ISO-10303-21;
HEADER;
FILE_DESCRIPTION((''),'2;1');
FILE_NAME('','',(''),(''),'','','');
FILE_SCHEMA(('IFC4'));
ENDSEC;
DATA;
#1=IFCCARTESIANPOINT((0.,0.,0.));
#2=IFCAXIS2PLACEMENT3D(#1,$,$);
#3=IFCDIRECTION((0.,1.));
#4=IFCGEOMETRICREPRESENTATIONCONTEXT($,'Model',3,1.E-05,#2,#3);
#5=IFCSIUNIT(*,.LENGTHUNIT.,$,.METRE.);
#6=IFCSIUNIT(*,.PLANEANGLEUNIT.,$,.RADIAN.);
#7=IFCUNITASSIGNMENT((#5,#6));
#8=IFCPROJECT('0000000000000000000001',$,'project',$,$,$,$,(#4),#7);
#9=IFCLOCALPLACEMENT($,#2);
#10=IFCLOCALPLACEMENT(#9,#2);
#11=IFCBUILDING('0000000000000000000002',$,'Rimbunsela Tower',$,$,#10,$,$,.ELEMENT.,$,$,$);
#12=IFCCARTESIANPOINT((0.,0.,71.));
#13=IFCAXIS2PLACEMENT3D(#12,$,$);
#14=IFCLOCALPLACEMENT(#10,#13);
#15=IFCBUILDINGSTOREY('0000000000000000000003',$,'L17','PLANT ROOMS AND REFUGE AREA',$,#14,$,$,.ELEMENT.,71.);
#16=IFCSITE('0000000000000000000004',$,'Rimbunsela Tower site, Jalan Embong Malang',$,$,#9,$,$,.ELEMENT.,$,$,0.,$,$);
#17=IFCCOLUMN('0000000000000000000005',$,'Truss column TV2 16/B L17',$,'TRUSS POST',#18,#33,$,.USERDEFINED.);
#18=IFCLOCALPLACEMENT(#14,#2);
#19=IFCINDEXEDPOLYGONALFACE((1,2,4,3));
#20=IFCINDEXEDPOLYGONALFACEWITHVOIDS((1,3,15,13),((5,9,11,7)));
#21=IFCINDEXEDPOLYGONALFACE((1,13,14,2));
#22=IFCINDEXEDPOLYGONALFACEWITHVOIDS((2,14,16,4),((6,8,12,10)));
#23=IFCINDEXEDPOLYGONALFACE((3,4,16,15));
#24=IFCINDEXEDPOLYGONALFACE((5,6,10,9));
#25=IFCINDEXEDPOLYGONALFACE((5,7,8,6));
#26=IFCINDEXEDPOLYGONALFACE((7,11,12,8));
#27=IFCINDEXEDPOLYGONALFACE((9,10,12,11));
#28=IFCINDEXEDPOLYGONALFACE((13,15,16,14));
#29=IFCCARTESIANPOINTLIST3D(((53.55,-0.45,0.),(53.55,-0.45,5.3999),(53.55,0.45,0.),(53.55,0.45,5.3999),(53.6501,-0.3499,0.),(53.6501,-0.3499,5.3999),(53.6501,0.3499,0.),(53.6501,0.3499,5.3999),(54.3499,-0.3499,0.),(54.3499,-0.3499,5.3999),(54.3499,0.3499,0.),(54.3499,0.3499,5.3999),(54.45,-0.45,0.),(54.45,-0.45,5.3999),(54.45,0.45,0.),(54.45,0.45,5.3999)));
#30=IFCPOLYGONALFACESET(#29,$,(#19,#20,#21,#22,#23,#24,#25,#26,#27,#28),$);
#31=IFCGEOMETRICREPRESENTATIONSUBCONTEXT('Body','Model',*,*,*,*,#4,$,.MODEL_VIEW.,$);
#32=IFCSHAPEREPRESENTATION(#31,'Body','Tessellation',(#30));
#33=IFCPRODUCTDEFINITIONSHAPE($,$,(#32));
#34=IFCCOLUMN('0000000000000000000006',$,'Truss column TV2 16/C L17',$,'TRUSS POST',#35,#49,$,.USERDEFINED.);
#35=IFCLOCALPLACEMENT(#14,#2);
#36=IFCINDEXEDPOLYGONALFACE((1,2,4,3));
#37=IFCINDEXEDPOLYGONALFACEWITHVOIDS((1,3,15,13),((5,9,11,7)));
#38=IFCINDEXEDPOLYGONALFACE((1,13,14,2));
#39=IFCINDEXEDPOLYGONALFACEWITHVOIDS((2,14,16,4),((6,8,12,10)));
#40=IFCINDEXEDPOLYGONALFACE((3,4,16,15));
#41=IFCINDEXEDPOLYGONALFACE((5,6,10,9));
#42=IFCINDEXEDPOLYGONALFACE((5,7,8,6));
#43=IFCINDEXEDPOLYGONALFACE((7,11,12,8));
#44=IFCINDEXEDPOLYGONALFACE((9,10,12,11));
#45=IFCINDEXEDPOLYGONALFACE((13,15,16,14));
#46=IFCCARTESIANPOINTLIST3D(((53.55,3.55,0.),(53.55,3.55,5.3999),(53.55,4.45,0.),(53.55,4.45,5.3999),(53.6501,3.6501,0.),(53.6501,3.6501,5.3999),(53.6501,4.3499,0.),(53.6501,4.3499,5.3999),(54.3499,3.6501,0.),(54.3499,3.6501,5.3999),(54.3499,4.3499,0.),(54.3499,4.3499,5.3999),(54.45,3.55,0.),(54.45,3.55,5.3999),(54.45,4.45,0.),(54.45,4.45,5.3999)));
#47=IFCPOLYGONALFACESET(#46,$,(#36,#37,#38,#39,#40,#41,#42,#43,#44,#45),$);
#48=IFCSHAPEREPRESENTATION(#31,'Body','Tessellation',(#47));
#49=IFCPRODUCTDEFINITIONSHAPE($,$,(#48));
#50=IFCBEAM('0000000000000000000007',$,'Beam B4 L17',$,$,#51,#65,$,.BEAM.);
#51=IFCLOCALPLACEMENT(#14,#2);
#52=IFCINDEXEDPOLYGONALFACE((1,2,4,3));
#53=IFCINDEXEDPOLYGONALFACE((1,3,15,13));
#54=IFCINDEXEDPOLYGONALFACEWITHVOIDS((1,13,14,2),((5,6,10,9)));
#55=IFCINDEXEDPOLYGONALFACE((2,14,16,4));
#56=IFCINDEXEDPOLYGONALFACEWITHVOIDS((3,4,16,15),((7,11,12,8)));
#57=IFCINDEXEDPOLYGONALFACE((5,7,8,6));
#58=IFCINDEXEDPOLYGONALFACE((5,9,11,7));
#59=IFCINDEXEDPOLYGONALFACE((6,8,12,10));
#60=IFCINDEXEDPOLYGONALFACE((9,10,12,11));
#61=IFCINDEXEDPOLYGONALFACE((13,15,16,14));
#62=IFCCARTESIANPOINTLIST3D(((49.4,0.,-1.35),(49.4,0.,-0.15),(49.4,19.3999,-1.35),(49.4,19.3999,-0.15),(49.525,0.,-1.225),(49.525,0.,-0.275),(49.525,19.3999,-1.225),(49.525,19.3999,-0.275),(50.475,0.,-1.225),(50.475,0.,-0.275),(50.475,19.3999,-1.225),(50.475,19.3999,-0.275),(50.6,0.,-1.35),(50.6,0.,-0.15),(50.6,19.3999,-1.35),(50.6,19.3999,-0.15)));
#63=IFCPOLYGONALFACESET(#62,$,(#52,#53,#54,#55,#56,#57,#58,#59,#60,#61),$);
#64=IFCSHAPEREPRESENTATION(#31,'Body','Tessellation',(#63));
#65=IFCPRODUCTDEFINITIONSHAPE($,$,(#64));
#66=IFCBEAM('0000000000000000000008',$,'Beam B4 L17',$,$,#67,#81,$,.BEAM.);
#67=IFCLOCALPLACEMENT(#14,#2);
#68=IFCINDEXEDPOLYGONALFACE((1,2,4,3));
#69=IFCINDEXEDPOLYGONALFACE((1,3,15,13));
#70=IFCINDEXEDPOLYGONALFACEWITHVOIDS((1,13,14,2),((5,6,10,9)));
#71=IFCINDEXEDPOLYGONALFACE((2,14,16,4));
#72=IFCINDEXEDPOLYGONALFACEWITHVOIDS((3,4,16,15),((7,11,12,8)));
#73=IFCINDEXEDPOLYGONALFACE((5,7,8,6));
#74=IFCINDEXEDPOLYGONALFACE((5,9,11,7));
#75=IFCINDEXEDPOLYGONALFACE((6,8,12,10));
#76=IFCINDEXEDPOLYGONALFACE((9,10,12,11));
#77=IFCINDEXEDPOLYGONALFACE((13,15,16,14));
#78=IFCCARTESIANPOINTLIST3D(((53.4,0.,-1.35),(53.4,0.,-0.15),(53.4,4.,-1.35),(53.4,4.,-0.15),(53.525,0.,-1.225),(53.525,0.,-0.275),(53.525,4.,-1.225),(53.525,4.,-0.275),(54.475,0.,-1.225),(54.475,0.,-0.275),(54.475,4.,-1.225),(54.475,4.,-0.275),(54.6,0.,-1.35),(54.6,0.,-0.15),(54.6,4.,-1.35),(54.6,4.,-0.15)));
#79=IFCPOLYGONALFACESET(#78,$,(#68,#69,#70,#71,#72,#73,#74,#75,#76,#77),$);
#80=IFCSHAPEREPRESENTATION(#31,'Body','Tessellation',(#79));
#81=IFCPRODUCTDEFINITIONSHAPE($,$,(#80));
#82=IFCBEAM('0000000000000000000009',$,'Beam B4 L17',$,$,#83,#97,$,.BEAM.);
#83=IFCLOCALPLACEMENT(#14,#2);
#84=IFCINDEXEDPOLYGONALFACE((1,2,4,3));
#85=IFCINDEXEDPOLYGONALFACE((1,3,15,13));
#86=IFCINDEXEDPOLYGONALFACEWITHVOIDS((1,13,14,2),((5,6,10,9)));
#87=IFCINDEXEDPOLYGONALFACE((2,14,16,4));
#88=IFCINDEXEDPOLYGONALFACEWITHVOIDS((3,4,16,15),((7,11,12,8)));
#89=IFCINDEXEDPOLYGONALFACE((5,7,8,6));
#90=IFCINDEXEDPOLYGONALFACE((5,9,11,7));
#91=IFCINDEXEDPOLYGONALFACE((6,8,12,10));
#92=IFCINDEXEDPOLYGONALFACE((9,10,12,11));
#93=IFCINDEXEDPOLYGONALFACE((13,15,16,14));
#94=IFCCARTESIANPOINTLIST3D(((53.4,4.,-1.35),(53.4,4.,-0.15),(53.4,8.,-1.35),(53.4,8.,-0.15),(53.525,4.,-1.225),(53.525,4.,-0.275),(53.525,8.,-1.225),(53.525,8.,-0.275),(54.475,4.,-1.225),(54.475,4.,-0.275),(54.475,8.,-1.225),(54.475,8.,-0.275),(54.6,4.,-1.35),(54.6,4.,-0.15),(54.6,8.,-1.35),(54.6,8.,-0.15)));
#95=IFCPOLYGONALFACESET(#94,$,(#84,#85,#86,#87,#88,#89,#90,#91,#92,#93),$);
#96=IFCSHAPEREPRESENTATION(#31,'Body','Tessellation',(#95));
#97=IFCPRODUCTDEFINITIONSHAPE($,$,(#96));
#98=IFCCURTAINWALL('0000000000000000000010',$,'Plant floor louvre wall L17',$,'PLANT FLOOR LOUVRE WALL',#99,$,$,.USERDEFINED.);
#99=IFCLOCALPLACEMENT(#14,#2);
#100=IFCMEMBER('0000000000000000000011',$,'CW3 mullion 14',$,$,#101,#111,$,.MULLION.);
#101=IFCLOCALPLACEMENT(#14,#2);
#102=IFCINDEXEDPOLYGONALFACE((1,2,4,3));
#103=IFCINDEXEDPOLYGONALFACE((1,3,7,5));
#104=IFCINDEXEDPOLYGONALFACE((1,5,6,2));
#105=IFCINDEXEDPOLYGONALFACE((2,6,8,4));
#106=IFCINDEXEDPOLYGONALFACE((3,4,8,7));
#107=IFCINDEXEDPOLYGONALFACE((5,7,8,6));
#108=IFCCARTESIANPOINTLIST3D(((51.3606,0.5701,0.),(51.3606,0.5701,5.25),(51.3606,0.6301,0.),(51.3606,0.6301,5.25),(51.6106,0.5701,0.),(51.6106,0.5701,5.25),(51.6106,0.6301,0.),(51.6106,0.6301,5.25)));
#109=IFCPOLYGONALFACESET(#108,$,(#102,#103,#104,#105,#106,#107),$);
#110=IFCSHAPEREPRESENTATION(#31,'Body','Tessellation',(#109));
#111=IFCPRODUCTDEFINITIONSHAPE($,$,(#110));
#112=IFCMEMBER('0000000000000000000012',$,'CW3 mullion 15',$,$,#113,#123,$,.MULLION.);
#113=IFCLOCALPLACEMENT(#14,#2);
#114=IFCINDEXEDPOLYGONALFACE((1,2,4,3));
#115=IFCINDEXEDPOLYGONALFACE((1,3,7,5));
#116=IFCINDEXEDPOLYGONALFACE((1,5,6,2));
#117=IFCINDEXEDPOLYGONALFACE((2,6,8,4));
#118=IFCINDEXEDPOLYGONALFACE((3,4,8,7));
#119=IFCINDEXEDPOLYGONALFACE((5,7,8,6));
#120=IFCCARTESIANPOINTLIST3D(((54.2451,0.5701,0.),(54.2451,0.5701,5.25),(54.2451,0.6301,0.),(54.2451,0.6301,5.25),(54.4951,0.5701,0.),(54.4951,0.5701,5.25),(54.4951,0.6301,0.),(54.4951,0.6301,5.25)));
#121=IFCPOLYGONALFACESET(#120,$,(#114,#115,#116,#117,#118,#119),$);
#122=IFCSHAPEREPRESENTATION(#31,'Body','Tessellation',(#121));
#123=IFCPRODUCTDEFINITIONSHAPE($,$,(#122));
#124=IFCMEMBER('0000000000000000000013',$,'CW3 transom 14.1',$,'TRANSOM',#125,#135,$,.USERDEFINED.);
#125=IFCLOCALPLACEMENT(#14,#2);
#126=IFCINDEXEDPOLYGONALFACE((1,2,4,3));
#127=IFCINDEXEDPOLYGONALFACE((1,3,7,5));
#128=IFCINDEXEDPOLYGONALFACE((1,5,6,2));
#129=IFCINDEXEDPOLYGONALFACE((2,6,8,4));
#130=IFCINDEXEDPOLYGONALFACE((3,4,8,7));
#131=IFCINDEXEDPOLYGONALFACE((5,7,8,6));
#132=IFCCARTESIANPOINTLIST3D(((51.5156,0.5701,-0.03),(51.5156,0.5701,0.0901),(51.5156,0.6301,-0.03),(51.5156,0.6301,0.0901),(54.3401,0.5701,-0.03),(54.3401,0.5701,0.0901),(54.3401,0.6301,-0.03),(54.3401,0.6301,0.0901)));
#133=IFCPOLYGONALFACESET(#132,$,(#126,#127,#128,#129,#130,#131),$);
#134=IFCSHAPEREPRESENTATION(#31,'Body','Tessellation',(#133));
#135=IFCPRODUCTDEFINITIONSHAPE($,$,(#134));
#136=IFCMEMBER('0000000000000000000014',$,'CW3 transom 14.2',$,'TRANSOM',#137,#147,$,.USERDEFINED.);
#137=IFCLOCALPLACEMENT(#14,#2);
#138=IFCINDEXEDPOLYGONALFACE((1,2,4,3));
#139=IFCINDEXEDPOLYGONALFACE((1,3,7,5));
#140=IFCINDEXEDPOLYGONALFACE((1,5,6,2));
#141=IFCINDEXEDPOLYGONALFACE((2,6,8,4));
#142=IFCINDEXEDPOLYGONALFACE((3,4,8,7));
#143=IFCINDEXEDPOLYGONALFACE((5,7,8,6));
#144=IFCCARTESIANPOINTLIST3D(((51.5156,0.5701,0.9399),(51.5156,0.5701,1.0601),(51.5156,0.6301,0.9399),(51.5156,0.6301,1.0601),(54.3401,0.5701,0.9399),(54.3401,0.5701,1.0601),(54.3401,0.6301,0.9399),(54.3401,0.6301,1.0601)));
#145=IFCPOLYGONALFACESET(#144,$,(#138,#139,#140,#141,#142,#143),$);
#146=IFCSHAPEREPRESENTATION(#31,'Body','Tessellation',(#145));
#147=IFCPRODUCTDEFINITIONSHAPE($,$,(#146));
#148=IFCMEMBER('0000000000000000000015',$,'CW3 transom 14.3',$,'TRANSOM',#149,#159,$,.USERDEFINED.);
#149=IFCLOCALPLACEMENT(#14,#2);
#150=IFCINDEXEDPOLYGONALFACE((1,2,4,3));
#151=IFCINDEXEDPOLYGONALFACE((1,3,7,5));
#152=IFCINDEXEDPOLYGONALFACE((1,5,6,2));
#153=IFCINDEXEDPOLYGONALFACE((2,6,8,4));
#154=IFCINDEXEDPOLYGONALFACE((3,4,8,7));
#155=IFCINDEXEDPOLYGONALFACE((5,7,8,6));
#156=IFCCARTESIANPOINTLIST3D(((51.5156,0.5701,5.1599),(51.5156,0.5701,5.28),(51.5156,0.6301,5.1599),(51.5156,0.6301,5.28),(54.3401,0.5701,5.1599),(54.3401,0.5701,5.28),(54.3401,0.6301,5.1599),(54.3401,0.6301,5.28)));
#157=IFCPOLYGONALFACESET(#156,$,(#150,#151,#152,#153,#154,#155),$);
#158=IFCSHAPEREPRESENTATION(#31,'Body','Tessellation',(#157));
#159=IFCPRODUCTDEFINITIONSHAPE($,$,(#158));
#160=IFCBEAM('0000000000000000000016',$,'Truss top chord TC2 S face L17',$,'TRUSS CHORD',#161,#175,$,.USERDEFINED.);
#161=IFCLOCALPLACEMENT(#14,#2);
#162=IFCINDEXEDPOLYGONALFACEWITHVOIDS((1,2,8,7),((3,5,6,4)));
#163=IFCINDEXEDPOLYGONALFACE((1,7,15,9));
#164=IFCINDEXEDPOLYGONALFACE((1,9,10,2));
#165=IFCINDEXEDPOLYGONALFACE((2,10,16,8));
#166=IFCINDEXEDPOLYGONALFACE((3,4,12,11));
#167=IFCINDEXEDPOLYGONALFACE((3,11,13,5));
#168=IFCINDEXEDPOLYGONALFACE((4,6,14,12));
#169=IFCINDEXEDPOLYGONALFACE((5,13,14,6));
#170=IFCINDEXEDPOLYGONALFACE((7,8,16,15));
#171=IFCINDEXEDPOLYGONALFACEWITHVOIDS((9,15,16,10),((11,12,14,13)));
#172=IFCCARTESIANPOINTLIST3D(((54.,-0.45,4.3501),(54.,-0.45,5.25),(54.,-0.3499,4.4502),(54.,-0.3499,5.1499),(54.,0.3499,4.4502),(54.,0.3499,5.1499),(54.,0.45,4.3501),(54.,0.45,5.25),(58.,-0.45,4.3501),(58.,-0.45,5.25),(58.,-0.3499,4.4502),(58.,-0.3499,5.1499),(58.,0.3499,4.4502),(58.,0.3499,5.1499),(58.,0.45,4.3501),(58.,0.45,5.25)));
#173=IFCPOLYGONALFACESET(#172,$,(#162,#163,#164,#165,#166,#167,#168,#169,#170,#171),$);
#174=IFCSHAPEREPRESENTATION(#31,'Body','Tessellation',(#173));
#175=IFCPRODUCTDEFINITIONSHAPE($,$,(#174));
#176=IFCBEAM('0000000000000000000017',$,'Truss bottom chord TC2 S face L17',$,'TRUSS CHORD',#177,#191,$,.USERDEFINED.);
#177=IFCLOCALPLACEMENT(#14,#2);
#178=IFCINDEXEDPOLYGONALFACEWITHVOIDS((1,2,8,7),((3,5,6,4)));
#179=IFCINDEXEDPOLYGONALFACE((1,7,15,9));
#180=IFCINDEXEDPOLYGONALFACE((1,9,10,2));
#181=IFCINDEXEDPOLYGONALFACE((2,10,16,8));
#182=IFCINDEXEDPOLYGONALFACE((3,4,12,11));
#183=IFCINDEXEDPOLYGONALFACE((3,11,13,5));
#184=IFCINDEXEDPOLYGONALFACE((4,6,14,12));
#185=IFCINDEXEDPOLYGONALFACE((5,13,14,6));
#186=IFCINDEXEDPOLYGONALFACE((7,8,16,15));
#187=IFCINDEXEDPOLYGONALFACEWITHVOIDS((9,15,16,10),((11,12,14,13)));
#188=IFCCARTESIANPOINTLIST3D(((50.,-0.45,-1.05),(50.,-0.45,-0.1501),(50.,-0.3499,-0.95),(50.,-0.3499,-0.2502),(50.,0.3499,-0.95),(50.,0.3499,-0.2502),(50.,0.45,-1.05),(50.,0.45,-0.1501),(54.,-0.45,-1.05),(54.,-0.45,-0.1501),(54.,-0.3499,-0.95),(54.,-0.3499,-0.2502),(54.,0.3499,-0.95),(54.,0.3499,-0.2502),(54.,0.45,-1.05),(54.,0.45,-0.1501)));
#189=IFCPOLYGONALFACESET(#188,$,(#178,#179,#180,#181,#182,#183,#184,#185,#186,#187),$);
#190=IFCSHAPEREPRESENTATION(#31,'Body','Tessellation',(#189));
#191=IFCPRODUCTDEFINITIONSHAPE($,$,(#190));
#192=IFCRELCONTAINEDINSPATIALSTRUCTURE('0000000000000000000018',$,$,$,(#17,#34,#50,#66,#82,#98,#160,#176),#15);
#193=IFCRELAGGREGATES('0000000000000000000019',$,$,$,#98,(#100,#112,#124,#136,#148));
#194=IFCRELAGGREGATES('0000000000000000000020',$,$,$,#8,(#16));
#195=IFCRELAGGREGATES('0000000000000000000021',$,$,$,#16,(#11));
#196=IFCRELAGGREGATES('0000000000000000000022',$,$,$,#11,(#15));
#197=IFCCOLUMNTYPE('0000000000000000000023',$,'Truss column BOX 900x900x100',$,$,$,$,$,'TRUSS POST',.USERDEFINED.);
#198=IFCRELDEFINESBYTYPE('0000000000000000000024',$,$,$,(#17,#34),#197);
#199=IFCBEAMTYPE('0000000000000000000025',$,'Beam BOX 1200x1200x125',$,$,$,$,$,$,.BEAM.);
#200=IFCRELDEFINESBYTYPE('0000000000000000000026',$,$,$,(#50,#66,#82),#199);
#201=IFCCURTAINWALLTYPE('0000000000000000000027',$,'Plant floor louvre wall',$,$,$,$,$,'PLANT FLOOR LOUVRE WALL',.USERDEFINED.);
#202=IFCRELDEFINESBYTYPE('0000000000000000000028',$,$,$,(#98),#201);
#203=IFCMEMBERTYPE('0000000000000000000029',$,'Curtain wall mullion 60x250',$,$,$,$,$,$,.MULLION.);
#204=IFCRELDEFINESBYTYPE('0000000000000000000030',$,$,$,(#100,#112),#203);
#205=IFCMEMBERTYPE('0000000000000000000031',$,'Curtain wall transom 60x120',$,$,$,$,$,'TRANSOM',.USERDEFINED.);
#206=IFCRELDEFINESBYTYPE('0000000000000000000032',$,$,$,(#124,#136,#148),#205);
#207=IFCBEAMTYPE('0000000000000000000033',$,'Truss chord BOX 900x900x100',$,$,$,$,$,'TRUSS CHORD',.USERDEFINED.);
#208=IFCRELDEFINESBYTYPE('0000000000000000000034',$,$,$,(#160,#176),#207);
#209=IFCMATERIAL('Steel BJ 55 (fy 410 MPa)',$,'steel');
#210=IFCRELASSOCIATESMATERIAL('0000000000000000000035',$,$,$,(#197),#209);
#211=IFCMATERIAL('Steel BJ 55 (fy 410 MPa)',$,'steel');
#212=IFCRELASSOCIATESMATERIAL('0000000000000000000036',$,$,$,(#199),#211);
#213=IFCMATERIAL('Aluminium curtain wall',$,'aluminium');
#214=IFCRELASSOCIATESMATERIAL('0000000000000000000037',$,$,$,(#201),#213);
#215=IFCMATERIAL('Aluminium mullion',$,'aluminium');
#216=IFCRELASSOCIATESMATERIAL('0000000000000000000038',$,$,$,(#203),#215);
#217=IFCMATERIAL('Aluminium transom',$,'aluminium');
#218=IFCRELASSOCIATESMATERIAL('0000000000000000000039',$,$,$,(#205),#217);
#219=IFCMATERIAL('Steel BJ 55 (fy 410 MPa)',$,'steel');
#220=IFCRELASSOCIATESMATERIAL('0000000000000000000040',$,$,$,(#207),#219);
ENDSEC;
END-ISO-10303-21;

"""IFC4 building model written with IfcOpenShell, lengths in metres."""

from ifc_helpers import new_model, si_unit, direction, frame, origin, origin_2d, place, context, subcontext, project, spatial, rectangle, hollow_rectangle, extrude, material, material_profile, profile_set, type_object, element, aggregate, save


model = new_model("IFC4")

# Units and contexts
model_context = context("Model", 3, precision=1e-05, world=origin(), true_north=direction((0.0, 1.0)))
body_context = subcontext(model_context, "Body", "Model", "MODEL_VIEW")
ifc_project = project(units=[si_unit("LENGTHUNIT", "METRE"), si_unit("PLANEANGLEUNIT", "RADIAN")], contexts=[model_context])

# Site, building, storey
site_placement = place(None, origin())
site = spatial("IfcSite", under=ifc_project, at=site_placement, Name="Rimbunsela Tower site, Jalan Embong Malang", CompositionType="ELEMENT", RefElevation=0.0)
building_placement = place(site_placement, origin())
building = spatial("IfcBuilding", under=site, at=building_placement, Name="Rimbunsela Tower", CompositionType="ELEMENT")
storey_placement = place(building_placement, frame((0.0, 0.0, 71.0)))
storey = spatial("IfcBuildingStorey", under=building, at=storey_placement, Name="L17", Description="PLANT ROOMS AND REFUGE AREA", CompositionType="ELEMENT", Elevation=71.0)

# Columns
ifc_material_1 = material(Name="Steel BJ 55 (fy 410 MPa)", Category="steel")
ifc_material_profile_1 = material_profile(ifc_material_1, hollow_rectangle(XDim=0.8999, YDim=0.8999, WallThickness=0.1001, at=origin_2d()), Name="BOX 900x900x100")
ifc_profile_set_1 = profile_set([ifc_material_profile_1], Name="Steel BJ 55 (fy 410 MPa)")
column_type = type_object("IfcColumnType", Name="Truss column BOX 900x900x100", ElementType="TRUSS POST", PredefinedType="USERDEFINED", material=ifc_profile_set_1)
for number, where, z_axis, x_axis, name in (
    (1, (54.0, 0.0, 0.0), (0.0, 0.0, 1.0), (1.0, 0.0, 0.0), "Truss column TV2 16/B L17"),
    (2, (54.0, 4.0, 0.0), (0.0, 0.0, 1.0), (1.0, 0.0, 0.0), "Truss column TV2 16/C L17"),
):
    element("IfcColumn", number, at=place(storey_placement, frame(where, z_axis=z_axis, x_axis=x_axis)), inside=storey, type_object=column_type, Name=name, ObjectType="TRUSS POST", PredefinedType="USERDEFINED", context=body_context, shape_type="SweptSolid", body=[
        extrude(hollow_rectangle(XDim=0.8999, YDim=0.8999, WallThickness=0.1001, at=origin_2d()), origin(), (0.0, 0.0, 1.0), 5.3999),
    ])

# Beams
ifc_material_2 = material(Name="Steel BJ 55 (fy 410 MPa)", Category="steel")
ifc_material_profile_2 = material_profile(ifc_material_2, hollow_rectangle(XDim=1.2, YDim=1.2, WallThickness=0.125, at=origin_2d()), Name="BOX 1200x1200x125")
ifc_profile_set_2 = profile_set([ifc_material_profile_2], Name="Steel BJ 55 (fy 410 MPa)")
beam_type_1 = type_object("IfcBeamType", Name="Beam BOX 1200x1200x125", PredefinedType="BEAM", material=ifc_profile_set_2)
beam_placement = place(storey_placement, frame((50.0, 0.0, -0.75), z_axis=(0.0, 1.0, 0.0), x_axis=(-1.0, 0.0, 0.0)))
element("IfcBeam", 3, at=beam_placement, inside=storey, type_object=beam_type_1, Name="Beam B4 L17", PredefinedType="BEAM", context=body_context, shape_type="SweptSolid", body=[
    extrude(hollow_rectangle(XDim=1.2, YDim=1.2, WallThickness=0.125, at=origin_2d()), origin(), (0.0, 0.0, 1.0), 19.3999),
])
for number, where, z_axis, x_axis, name in (
    (4, (54.0, 0.0, -0.75), (0.0, 1.0, 0.0), (-1.0, 0.0, 0.0), "Beam B4 L17"),
    (5, (54.0, 4.0, -0.75), (0.0, 1.0, 0.0), (-1.0, 0.0, 0.0), "Beam B4 L17"),
):
    element("IfcBeam", number, at=place(storey_placement, frame(where, z_axis=z_axis, x_axis=x_axis)), inside=storey, type_object=beam_type_1, Name=name, PredefinedType="BEAM", context=body_context, shape_type="SweptSolid", body=[
        extrude(hollow_rectangle(XDim=1.2, YDim=1.2, WallThickness=0.125, at=origin_2d()), origin(), (0.0, 0.0, 1.0), 4.0),
    ])

# Curtain wall, members
ifc_material_3 = material(Name="Aluminium curtain wall", Category="aluminium")
curtain_wall_type = type_object("IfcCurtainWallType", Name="Plant floor louvre wall", ElementType="PLANT FLOOR LOUVRE WALL", PredefinedType="USERDEFINED", material=ifc_material_3)
curtain_wall_placement = place(storey_placement, origin())
curtain_wall = element("IfcCurtainWall", 6, at=curtain_wall_placement, inside=storey, type_object=curtain_wall_type, Name="Plant floor louvre wall L17", ObjectType="PLANT FLOOR LOUVRE WALL", PredefinedType="USERDEFINED")
ifc_material_4 = material(Name="Aluminium mullion", Category="aluminium")
ifc_material_profile_3 = material_profile(ifc_material_4, rectangle(XDim=0.0601, YDim=0.25, at=origin_2d()), Name="Mullion 60x250")
ifc_profile_set_3 = profile_set([ifc_material_profile_3], Name="Aluminium mullion")
member_type_1 = type_object("IfcMemberType", Name="Curtain wall mullion 60x250", PredefinedType="MULLION", material=ifc_profile_set_3)
member_1_placement = place(storey_placement, frame((51.4856, 0.6001, 0.0), z_axis=(0.0, 0.0, 1.0), x_axis=(0.0, 1.0, 0.0)))
member_1 = element("IfcMember", 7, at=member_1_placement, type_object=member_type_1, Name="CW3 mullion 14", PredefinedType="MULLION", context=body_context, shape_type="SweptSolid", body=[
    extrude(rectangle(XDim=0.0601, YDim=0.25, at=origin_2d()), origin(), (0.0, 0.0, 1.0), 5.25),
])
member_2_placement = place(storey_placement, frame((54.3701, 0.6001, 0.0), z_axis=(0.0, 0.0, 1.0), x_axis=(0.0, 1.0, 0.0)))
member_2 = element("IfcMember", 8, at=member_2_placement, type_object=member_type_1, Name="CW3 mullion 15", PredefinedType="MULLION", context=body_context, shape_type="SweptSolid", body=[
    extrude(rectangle(XDim=0.0601, YDim=0.25, at=origin_2d()), origin(), (0.0, 0.0, 1.0), 5.25),
])
ifc_material_5 = material(Name="Aluminium transom", Category="aluminium")
ifc_material_profile_4 = material_profile(ifc_material_5, rectangle(XDim=0.0601, YDim=0.1201, at=origin_2d()), Name="Transom 60x120")
ifc_profile_set_4 = profile_set([ifc_material_profile_4], Name="Aluminium transom")
member_type_2 = type_object("IfcMemberType", Name="Curtain wall transom 60x120", ElementType="TRANSOM", PredefinedType="USERDEFINED", material=ifc_profile_set_4)
member_3_placement = place(storey_placement, frame((51.5156, 0.6001, 0.03), z_axis=(1.0, 0.0, 0.0), x_axis=(0.0, 1.0, 0.0)))
member_3 = element("IfcMember", 9, at=member_3_placement, type_object=member_type_2, Name="CW3 transom 14.1", ObjectType="TRANSOM", PredefinedType="USERDEFINED", context=body_context, shape_type="SweptSolid", body=[
    extrude(rectangle(XDim=0.0601, YDim=0.1201, at=origin_2d()), origin(), (0.0, 0.0, 1.0), 2.8245),
])
member_4_placement = place(storey_placement, frame((51.5156, 0.6001, 1.0), z_axis=(1.0, 0.0, 0.0), x_axis=(0.0, 1.0, 0.0)))
member_4 = element("IfcMember", 10, at=member_4_placement, type_object=member_type_2, Name="CW3 transom 14.2", ObjectType="TRANSOM", PredefinedType="USERDEFINED", context=body_context, shape_type="SweptSolid", body=[
    extrude(rectangle(XDim=0.0601, YDim=0.1201, at=origin_2d()), origin(), (0.0, 0.0, 1.0), 2.8245),
])
member_5_placement = place(storey_placement, frame((51.5156, 0.6001, 5.22), z_axis=(1.0, 0.0, 0.0), x_axis=(0.0, 1.0, 0.0)))
member_5 = element("IfcMember", 11, at=member_5_placement, type_object=member_type_2, Name="CW3 transom 14.3", ObjectType="TRANSOM", PredefinedType="USERDEFINED", context=body_context, shape_type="SweptSolid", body=[
    extrude(rectangle(XDim=0.0601, YDim=0.1201, at=origin_2d()), origin(), (0.0, 0.0, 1.0), 2.8245),
])

# Beams
ifc_material_6 = material(Name="Steel BJ 55 (fy 410 MPa)", Category="steel")
ifc_material_profile_5 = material_profile(ifc_material_6, hollow_rectangle(XDim=0.8999, YDim=0.8999, WallThickness=0.1001, at=origin_2d()), Name="BOX 900x900x100")
ifc_profile_set_5 = profile_set([ifc_material_profile_5], Name="Steel BJ 55 (fy 410 MPa)")
beam_type_2 = type_object("IfcBeamType", Name="Truss chord BOX 900x900x100", ElementType="TRUSS CHORD", PredefinedType="USERDEFINED", material=ifc_profile_set_5)
for number, where, z_axis, x_axis, name in (
    (12, (54.0, 0.0, 4.8), (1.0, 0.0, 0.0), (0.0, 1.0, 0.0), "Truss top chord TC2 S face L17"),
    (13, (50.0, 0.0, -0.6001), (1.0, 0.0, 0.0), (0.0, 1.0, 0.0), "Truss bottom chord TC2 S face L17"),
):
    element("IfcBeam", number, at=place(storey_placement, frame(where, z_axis=z_axis, x_axis=x_axis)), inside=storey, type_object=beam_type_2, Name=name, ObjectType="TRUSS CHORD", PredefinedType="USERDEFINED", context=body_context, shape_type="SweptSolid", body=[
        extrude(hollow_rectangle(XDim=0.8999, YDim=0.8999, WallThickness=0.1001, at=origin_2d()), origin(), (0.0, 0.0, 1.0), 4.0),
    ])

aggregate(curtain_wall, [member_1, member_2, member_3, member_4, member_5])

save(model, "model.ifc")
